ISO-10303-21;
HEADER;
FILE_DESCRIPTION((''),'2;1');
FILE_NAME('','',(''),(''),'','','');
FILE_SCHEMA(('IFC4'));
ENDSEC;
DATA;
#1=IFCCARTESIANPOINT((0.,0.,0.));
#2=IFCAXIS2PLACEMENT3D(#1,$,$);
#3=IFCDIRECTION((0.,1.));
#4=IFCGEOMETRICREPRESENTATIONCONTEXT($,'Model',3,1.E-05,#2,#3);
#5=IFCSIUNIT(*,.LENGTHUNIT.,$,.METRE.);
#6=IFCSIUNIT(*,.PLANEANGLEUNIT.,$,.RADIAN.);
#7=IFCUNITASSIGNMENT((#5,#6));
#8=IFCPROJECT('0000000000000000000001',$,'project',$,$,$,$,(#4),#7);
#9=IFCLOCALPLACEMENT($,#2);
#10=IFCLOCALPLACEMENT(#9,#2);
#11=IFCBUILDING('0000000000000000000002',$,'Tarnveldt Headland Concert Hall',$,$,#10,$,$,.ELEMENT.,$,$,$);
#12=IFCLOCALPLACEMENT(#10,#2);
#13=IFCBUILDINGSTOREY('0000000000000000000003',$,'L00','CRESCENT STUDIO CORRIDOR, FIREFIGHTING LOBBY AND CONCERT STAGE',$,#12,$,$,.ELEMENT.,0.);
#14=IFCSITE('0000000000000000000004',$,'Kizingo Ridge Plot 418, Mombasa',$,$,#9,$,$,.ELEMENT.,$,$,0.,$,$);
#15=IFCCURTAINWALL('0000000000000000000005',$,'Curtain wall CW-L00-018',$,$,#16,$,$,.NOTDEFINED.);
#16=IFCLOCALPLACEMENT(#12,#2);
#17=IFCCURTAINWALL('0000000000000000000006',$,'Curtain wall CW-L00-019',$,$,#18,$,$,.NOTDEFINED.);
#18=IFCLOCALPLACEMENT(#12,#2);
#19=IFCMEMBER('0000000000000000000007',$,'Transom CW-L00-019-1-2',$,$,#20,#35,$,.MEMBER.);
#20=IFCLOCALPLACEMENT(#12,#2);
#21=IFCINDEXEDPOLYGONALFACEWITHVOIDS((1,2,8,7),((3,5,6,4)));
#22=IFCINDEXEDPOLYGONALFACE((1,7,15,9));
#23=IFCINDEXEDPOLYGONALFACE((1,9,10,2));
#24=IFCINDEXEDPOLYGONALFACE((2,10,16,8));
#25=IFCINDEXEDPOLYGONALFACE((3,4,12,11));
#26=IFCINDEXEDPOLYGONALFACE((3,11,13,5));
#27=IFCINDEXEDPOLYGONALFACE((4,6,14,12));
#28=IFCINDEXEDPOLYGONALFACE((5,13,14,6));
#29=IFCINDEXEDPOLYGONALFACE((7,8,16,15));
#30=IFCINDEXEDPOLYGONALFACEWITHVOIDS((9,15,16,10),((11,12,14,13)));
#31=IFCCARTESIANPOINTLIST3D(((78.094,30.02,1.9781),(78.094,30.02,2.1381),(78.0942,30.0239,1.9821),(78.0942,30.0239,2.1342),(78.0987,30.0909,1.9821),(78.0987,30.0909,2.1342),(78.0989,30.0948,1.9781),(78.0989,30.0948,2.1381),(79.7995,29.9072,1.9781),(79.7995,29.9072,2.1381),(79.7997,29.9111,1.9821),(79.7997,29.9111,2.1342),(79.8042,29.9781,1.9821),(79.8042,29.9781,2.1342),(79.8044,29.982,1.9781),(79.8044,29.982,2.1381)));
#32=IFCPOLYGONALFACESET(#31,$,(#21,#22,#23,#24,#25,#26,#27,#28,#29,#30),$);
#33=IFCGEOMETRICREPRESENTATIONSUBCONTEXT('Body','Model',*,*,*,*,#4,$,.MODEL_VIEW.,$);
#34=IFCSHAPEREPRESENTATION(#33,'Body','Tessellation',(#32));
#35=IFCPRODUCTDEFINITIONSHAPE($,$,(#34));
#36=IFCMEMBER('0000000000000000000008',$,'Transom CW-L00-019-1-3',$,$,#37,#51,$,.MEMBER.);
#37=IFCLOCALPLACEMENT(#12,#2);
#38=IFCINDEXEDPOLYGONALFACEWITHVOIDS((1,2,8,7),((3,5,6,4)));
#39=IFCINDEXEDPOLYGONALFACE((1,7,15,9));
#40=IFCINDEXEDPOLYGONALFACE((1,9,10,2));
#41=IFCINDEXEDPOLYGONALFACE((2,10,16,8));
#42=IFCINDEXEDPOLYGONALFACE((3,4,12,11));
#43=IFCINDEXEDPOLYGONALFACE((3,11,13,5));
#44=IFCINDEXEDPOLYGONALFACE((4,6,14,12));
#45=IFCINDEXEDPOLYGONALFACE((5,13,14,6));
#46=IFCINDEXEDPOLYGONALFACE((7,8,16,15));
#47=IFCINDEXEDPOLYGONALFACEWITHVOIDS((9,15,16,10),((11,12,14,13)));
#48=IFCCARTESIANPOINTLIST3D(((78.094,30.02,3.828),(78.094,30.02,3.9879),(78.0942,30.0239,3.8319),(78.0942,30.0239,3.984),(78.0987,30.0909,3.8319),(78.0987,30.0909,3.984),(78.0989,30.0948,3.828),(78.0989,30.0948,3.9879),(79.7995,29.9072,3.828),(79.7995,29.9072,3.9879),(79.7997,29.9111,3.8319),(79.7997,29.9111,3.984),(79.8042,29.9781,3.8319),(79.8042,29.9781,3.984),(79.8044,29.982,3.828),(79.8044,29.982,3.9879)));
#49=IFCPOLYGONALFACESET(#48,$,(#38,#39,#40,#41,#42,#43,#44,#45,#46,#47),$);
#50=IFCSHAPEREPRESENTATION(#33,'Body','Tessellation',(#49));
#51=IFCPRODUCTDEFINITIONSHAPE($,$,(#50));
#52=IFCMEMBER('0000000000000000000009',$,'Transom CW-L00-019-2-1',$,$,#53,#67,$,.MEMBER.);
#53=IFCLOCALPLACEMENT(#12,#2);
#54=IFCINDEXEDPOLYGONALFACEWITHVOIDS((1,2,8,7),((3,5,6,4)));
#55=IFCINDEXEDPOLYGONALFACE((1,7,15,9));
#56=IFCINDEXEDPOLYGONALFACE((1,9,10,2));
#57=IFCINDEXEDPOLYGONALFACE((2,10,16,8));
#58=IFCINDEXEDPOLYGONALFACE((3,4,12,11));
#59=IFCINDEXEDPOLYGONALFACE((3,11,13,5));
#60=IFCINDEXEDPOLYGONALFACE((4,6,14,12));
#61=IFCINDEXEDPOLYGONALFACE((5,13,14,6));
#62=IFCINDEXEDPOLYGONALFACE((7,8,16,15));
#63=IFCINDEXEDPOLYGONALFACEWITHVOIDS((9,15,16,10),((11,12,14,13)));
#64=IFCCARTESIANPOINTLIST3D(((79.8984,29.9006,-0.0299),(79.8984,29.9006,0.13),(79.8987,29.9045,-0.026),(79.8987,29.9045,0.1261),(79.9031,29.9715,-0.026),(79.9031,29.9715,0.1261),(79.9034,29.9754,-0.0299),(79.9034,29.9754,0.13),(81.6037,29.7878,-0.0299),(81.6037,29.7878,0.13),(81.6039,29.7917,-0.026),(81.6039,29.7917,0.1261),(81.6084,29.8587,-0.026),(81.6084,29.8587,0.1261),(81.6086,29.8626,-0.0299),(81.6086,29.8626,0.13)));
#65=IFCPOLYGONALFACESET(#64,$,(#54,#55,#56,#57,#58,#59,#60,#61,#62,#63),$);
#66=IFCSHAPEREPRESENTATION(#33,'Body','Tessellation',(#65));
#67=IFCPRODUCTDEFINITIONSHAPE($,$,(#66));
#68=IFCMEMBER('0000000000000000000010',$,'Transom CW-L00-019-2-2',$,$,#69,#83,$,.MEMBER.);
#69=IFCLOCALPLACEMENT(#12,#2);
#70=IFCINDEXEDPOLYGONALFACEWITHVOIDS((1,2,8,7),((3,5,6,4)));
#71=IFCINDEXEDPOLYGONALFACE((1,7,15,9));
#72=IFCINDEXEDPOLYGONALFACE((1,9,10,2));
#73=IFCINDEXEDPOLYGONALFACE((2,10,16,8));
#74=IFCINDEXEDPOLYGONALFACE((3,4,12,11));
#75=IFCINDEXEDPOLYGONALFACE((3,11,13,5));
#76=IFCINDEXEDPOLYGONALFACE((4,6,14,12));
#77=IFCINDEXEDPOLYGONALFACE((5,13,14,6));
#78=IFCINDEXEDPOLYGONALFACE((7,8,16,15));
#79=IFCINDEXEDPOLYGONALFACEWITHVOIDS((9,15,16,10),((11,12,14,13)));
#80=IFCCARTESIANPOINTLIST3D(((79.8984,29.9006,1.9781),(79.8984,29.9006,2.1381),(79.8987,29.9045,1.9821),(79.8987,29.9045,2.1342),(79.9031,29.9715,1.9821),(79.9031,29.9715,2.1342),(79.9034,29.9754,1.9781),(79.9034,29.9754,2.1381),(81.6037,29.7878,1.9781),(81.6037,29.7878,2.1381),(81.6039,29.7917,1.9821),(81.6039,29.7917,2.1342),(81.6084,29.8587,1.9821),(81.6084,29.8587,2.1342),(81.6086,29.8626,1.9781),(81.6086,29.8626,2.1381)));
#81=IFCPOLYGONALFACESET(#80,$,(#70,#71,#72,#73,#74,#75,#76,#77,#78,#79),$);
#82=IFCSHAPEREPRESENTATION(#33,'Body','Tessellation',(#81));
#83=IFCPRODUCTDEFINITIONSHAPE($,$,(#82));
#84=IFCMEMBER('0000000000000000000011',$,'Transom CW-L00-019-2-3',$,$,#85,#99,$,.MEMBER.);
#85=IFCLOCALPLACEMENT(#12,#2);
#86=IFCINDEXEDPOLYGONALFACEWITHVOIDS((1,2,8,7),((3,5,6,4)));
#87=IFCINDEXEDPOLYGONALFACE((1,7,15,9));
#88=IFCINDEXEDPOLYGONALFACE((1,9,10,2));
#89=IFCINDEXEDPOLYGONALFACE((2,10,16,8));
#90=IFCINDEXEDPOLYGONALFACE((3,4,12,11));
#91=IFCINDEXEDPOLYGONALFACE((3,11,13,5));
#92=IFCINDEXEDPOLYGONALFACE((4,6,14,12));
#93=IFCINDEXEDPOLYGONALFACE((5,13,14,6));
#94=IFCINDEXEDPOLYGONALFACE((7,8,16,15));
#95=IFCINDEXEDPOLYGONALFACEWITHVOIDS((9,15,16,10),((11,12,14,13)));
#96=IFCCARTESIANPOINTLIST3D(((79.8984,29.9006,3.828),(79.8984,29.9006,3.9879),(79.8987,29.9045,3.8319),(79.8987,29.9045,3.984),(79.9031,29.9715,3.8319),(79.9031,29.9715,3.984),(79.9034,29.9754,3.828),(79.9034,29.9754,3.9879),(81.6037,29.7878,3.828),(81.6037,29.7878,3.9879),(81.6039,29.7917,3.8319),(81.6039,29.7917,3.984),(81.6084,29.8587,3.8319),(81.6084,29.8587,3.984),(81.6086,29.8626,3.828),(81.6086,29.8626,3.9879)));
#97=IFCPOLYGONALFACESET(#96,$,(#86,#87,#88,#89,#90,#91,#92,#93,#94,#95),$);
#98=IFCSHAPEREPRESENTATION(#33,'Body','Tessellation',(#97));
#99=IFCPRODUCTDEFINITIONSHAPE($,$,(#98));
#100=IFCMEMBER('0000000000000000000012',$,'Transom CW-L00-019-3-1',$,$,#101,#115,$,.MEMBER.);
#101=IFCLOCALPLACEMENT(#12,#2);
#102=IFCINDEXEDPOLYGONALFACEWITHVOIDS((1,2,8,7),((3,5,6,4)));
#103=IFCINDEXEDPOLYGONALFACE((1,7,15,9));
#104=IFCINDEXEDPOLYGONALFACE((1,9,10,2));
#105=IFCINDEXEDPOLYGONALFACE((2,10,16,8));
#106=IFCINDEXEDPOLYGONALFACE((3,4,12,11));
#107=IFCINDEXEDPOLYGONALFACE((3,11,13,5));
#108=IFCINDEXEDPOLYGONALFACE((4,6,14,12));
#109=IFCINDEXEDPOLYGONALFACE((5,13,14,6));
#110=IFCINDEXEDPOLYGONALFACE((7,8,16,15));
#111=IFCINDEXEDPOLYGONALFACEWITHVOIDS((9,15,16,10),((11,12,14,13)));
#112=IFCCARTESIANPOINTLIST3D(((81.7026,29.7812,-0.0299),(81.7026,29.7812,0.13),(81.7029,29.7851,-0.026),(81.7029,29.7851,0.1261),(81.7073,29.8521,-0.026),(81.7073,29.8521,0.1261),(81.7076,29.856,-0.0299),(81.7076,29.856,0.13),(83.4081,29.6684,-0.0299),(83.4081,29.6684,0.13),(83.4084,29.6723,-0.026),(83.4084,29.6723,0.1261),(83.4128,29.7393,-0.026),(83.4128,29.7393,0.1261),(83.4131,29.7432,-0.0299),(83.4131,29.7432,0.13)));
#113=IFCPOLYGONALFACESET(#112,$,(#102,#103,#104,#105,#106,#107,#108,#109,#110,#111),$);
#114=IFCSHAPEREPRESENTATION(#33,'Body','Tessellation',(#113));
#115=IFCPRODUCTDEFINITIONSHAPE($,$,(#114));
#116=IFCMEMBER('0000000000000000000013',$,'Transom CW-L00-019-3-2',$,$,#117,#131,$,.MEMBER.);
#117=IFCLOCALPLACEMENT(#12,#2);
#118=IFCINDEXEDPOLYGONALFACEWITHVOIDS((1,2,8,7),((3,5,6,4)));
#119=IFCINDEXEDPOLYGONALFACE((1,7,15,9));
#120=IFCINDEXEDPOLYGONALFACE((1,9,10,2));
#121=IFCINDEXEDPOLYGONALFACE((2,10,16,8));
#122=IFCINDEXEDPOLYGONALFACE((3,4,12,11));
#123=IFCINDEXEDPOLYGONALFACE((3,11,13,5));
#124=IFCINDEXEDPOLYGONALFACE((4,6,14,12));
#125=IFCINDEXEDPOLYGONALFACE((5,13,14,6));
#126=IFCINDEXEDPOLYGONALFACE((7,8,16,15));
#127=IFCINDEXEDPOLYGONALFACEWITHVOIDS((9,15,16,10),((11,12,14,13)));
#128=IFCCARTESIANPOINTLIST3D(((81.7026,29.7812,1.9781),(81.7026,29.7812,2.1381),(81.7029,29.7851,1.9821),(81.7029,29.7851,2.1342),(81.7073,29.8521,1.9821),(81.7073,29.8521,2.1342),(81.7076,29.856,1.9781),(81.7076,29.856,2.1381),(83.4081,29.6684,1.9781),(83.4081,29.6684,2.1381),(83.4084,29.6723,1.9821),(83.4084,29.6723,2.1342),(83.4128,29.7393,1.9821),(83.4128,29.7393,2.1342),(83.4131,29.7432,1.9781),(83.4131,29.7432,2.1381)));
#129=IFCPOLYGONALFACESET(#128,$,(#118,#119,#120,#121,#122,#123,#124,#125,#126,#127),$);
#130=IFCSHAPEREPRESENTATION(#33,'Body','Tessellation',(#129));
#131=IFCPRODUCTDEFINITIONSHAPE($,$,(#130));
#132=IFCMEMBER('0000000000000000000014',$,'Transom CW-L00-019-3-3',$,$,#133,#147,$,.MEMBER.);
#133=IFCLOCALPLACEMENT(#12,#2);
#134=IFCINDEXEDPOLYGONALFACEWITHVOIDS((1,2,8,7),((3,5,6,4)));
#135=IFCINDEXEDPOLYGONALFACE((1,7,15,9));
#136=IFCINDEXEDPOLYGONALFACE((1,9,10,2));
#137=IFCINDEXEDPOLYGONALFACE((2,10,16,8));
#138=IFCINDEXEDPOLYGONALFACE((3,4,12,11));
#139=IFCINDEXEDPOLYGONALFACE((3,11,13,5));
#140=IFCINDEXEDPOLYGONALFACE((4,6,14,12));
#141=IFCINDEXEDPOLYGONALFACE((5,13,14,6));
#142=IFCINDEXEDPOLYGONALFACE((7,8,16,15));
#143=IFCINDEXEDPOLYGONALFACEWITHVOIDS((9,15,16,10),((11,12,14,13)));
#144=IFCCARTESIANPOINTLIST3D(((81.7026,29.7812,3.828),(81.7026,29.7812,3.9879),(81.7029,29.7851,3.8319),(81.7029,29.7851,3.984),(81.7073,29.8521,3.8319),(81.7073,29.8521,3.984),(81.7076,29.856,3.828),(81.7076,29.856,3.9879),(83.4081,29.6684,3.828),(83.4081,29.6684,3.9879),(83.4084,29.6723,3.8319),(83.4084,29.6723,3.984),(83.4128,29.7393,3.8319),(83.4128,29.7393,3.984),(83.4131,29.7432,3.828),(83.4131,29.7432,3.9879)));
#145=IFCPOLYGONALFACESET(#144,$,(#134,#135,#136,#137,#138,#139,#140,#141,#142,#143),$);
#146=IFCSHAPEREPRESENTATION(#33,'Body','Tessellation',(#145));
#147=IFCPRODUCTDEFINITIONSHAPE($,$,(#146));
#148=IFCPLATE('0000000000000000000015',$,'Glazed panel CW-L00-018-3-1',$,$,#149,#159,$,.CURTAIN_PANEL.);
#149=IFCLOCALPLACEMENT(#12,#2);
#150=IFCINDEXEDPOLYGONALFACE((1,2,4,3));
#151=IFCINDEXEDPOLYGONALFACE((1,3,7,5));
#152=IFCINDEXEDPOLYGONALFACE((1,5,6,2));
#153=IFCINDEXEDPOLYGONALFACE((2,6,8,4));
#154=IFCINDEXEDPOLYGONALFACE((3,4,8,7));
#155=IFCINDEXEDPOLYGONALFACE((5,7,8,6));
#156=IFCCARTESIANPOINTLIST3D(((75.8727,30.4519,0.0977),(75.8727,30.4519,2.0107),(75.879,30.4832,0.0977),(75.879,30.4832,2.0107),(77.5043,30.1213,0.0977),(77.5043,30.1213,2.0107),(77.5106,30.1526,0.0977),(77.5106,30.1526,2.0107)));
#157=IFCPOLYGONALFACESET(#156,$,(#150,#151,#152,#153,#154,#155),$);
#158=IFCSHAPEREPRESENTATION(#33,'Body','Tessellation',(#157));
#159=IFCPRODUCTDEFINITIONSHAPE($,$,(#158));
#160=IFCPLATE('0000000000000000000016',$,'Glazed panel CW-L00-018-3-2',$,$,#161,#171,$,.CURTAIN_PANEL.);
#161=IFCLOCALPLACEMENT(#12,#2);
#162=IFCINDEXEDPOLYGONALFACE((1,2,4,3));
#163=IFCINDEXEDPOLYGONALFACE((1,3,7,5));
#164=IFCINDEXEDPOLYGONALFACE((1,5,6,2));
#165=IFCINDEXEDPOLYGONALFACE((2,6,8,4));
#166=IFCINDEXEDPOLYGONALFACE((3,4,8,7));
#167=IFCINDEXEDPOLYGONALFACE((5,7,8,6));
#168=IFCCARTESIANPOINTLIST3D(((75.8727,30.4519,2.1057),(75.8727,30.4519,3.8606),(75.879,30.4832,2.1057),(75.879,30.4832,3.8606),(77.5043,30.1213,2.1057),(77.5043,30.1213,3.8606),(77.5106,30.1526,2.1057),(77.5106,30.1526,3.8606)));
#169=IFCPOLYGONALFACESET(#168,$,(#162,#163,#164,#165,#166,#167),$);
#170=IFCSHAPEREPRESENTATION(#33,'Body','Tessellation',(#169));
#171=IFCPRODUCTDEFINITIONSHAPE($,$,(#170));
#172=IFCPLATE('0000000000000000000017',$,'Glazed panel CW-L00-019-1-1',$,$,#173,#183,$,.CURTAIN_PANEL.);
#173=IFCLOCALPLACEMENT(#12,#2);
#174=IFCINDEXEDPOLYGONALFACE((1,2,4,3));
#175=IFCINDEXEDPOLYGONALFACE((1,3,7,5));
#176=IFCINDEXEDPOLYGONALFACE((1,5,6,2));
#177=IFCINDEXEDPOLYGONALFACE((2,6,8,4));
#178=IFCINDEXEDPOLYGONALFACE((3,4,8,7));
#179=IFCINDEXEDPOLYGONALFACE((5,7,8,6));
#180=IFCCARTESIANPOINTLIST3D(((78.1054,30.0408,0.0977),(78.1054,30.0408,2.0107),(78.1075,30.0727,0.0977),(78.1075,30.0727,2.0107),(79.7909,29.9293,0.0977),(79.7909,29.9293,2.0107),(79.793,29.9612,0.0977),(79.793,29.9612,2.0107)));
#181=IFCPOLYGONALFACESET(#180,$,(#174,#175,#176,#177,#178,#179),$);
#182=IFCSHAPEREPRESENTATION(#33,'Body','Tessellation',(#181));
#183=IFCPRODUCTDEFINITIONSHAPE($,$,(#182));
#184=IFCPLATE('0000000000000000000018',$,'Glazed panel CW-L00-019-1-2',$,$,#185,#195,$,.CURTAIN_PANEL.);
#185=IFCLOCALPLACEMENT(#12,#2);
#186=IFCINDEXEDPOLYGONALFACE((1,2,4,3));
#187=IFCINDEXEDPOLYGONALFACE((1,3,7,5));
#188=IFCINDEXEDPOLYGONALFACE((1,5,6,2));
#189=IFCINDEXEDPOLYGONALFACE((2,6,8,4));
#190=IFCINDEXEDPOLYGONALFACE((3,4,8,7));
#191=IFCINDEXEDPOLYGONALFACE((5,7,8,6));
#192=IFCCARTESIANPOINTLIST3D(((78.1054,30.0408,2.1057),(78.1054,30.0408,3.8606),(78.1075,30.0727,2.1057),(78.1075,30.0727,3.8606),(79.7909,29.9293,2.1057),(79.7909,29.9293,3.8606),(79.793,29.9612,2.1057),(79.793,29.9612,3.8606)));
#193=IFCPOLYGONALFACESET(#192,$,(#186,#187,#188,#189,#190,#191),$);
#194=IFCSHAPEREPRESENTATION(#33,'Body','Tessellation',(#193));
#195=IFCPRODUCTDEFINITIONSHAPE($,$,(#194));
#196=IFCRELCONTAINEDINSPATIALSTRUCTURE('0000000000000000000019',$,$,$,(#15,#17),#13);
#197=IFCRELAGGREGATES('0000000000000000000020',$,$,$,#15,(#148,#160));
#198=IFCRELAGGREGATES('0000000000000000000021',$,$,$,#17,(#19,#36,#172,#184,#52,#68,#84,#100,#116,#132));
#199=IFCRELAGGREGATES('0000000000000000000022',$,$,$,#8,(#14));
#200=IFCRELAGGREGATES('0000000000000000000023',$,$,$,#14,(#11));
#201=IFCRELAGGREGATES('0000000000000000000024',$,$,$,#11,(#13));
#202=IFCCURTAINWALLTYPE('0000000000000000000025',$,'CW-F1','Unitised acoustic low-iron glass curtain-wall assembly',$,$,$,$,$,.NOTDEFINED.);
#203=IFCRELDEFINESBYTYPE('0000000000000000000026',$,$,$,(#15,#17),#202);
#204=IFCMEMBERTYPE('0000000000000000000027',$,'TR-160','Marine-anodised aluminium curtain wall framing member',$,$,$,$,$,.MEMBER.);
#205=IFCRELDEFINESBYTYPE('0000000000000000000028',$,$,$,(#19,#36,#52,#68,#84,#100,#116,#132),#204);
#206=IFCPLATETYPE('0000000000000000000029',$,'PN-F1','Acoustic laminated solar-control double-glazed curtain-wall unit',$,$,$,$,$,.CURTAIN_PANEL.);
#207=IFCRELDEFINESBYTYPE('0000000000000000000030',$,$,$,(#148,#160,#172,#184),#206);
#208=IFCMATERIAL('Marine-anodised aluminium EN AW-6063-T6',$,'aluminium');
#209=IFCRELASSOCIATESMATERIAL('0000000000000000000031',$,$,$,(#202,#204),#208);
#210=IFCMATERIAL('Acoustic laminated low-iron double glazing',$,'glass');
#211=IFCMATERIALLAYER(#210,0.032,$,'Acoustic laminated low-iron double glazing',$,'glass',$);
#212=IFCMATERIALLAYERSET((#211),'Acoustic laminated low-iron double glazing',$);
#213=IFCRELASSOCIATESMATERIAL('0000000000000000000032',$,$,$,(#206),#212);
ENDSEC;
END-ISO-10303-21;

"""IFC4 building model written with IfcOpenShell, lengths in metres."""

from ifc_helpers import new_model, si_unit, direction, frame, origin, origin_2d, place, context, subcontext, project, spatial, rectangle, hollow_rectangle, extrude, material, layer, layer_set, material_profile, profile_set, type_object, element, aggregate, save


model = new_model("IFC4")

# Units and contexts
model_context = context("Model", 3, precision=1e-05, world=origin(), true_north=direction((0.0, 1.0)))
body_context = subcontext(model_context, "Body", "Model", "MODEL_VIEW")
ifc_project = project(units=[si_unit("LENGTHUNIT", "METRE"), si_unit("PLANEANGLEUNIT", "RADIAN")], contexts=[model_context])

# Site, building, storey
site_placement = place(None, origin())
site = spatial("IfcSite", under=ifc_project, at=site_placement, Name="Kizingo Ridge Plot 418, Mombasa", CompositionType="ELEMENT", RefElevation=0.0)
building_placement = place(site_placement, origin())
building = spatial("IfcBuilding", under=site, at=building_placement, Name="Tarnveldt Headland Concert Hall", CompositionType="ELEMENT")
storey_placement = place(building_placement, origin())
storey = spatial("IfcBuildingStorey", under=building, at=storey_placement, Name="L00", Description="CRESCENT STUDIO CORRIDOR, FIREFIGHTING LOBBY AND CONCERT STAGE", CompositionType="ELEMENT", Elevation=0.0)

# Curtain wall
ifc_material_1 = material(Name="Marine-anodised aluminium EN AW-6063-T6", Category="aluminium")
curtain_wall_type = type_object("IfcCurtainWallType", Name="CW-F1", Description="Unitised acoustic low-iron glass curtain-wall assembly", PredefinedType="NOTDEFINED", material=ifc_material_1)
curtain_wall_1_placement = place(storey_placement, origin())
curtain_wall_1 = element("IfcCurtainWall", 1, at=curtain_wall_1_placement, inside=storey, type_object=curtain_wall_type, Name="Curtain wall CW-L00-018", PredefinedType="NOTDEFINED")

# Curtain wall
curtain_wall_2_placement = place(storey_placement, origin())
curtain_wall_2 = element("IfcCurtainWall", 2, at=curtain_wall_2_placement, inside=storey, type_object=curtain_wall_type, Name="Curtain wall CW-L00-019", PredefinedType="NOTDEFINED")

# Members
ifc_material_profile_1 = material_profile(ifc_material_1, hollow_rectangle(XDim=0.075, YDim=0.1599, WallThickness=0.0039, at=origin_2d()), Name="ALU TRANSOM 75x160x4", Category="aluminium")
ifc_profile_set_1 = profile_set([ifc_material_profile_1], Name="Marine-anodised aluminium EN AW-6063-T6")
member_type_1 = type_object("IfcMemberType", Name="TR-160", Description="Marine-anodised aluminium curtain wall framing member", PredefinedType="MEMBER", material=ifc_profile_set_1)
member_1_placement = place(storey_placement, frame((78.0964, 30.0574, 2.0581), z_axis=(0.99782, -0.065988, 0.0), x_axis=(0.065988, 0.99782, 0.0)))
member_1 = element("IfcMember", 3, at=member_1_placement, type_object=member_type_1, Name="Transom CW-L00-019-1-2", PredefinedType="MEMBER", context=body_context, shape_type="SweptSolid", body=[
    extrude(hollow_rectangle(XDim=0.075, YDim=0.1599, WallThickness=0.0039, at=origin_2d()), origin(), (0.0, 0.0, 1.0), 1.7092),
])
member_2_placement = place(storey_placement, frame((78.0964, 30.0574, 3.908), z_axis=(0.99782, -0.065988, 0.0), x_axis=(0.065988, 0.99782, 0.0)))
member_2 = element("IfcMember", 4, at=member_2_placement, type_object=member_type_1, Name="Transom CW-L00-019-1-3", PredefinedType="MEMBER", context=body_context, shape_type="SweptSolid", body=[
    extrude(hollow_rectangle(XDim=0.075, YDim=0.1599, WallThickness=0.0039, at=origin_2d()), origin(), (0.0, 0.0, 1.0), 1.7092),
])
member_3_placement = place(storey_placement, frame((79.9009, 29.938, 0.05), z_axis=(0.99782, -0.065998, 0.0), x_axis=(0.065998, 0.99782, 0.0)))
member_3 = element("IfcMember", 5, at=member_3_placement, type_object=member_type_1, Name="Transom CW-L00-019-2-1", PredefinedType="MEMBER", context=body_context, shape_type="SweptSolid", body=[
    extrude(hollow_rectangle(XDim=0.075, YDim=0.1599, WallThickness=0.0039, at=origin_2d()), origin(), (0.0, 0.0, 1.0), 1.709),
])
member_4_placement = place(storey_placement, frame((79.9009, 29.938, 2.0581), z_axis=(0.99782, -0.065998, 0.0), x_axis=(0.065998, 0.99782, 0.0)))
member_4 = element("IfcMember", 6, at=member_4_placement, type_object=member_type_1, Name="Transom CW-L00-019-2-2", PredefinedType="MEMBER", context=body_context, shape_type="SweptSolid", body=[
    extrude(hollow_rectangle(XDim=0.075, YDim=0.1599, WallThickness=0.0039, at=origin_2d()), origin(), (0.0, 0.0, 1.0), 1.709),
])
member_5_placement = place(storey_placement, frame((79.9009, 29.938, 3.908), z_axis=(0.99782, -0.065998, 0.0), x_axis=(0.065998, 0.99782, 0.0)))
member_5 = element("IfcMember", 7, at=member_5_placement, type_object=member_type_1, Name="Transom CW-L00-019-2-3", PredefinedType="MEMBER", context=body_context, shape_type="SweptSolid", body=[
    extrude(hollow_rectangle(XDim=0.075, YDim=0.1599, WallThickness=0.0039, at=origin_2d()), origin(), (0.0, 0.0, 1.0), 1.709),
])
member_6_placement = place(storey_placement, frame((81.7051, 29.8186, 0.05), z_axis=(0.99782, -0.065988, 0.0), x_axis=(0.065988, 0.99782, 0.0)))
member_6 = element("IfcMember", 8, at=member_6_placement, type_object=member_type_1, Name="Transom CW-L00-019-3-1", PredefinedType="MEMBER", context=body_context, shape_type="SweptSolid", body=[
    extrude(hollow_rectangle(XDim=0.075, YDim=0.1599, WallThickness=0.0039, at=origin_2d()), origin(), (0.0, 0.0, 1.0), 1.7092),
])
member_7_placement = place(storey_placement, frame((81.7051, 29.8186, 2.0581), z_axis=(0.99782, -0.065988, 0.0), x_axis=(0.065988, 0.99782, 0.0)))
member_7 = element("IfcMember", 9, at=member_7_placement, type_object=member_type_1, Name="Transom CW-L00-019-3-2", PredefinedType="MEMBER", context=body_context, shape_type="SweptSolid", body=[
    extrude(hollow_rectangle(XDim=0.075, YDim=0.1599, WallThickness=0.0039, at=origin_2d()), origin(), (0.0, 0.0, 1.0), 1.7092),
])
member_8_placement = place(storey_placement, frame((81.7051, 29.8186, 3.908), z_axis=(0.99782, -0.065988, 0.0), x_axis=(0.065988, 0.99782, 0.0)))
member_8 = element("IfcMember", 10, at=member_8_placement, type_object=member_type_1, Name="Transom CW-L00-019-3-3", PredefinedType="MEMBER", context=body_context, shape_type="SweptSolid", body=[
    extrude(hollow_rectangle(XDim=0.075, YDim=0.1599, WallThickness=0.0039, at=origin_2d()), origin(), (0.0, 0.0, 1.0), 1.7092),
])

# Plates
ifc_material_2 = material(Name="Acoustic laminated low-iron double glazing", Category="glass")
ifc_layer_1 = layer(ifc_material_2, 0.032, Name="Acoustic laminated low-iron double glazing", Category="glass")
ifc_layer_set_1 = layer_set([ifc_layer_1], Name="Acoustic laminated low-iron double glazing")
plate_type = type_object("IfcPlateType", Name="PN-F1", Description="Acoustic laminated solar-control double-glazed curtain-wall unit", PredefinedType="CURTAIN_PANEL", material=ifc_layer_set_1)
plate_1_placement = place(storey_placement, frame((76.6917, 30.3022, 0.0977), z_axis=(0.0, 0.0, 1.0), x_axis=(0.980088, -0.198564, 0.0)))
plate_1 = element("IfcPlate", 11, at=plate_1_placement, type_object=plate_type, Name="Glazed panel CW-L00-018-3-1", PredefinedType="CURTAIN_PANEL", context=body_context, shape_type="SweptSolid", body=[
    extrude(rectangle(XDim=1.6648, YDim=0.032, at=origin_2d()), origin(), (0.0, 0.0, 1.0), 1.9131),
])
plate_2_placement = place(storey_placement, frame((76.6917, 30.3022, 2.1057), z_axis=(0.0, 0.0, 1.0), x_axis=(0.980088, -0.198564, 0.0)))
plate_2 = element("IfcPlate", 12, at=plate_2_placement, type_object=plate_type, Name="Glazed panel CW-L00-018-3-2", PredefinedType="CURTAIN_PANEL", context=body_context, shape_type="SweptSolid", body=[
    extrude(rectangle(XDim=1.6648, YDim=0.032, at=origin_2d()), origin(), (0.0, 0.0, 1.0), 1.7549),
])
aggregate(curtain_wall_1, [plate_1, plate_2])
plate_3_placement = place(storey_placement, frame((78.9492, 30.001, 0.0977), z_axis=(0.0, 0.0, 1.0), x_axis=(0.997819, -0.066013, 0.0)))
plate_3 = element("IfcPlate", 13, at=plate_3_placement, type_object=plate_type, Name="Glazed panel CW-L00-019-1-1", PredefinedType="CURTAIN_PANEL", context=body_context, shape_type="SweptSolid", body=[
    extrude(rectangle(XDim=1.6892, YDim=0.032, at=origin_2d()), origin(), (0.0, 0.0, 1.0), 1.9131),
])
plate_4_placement = place(storey_placement, frame((78.9492, 30.001, 2.1057), z_axis=(0.0, 0.0, 1.0), x_axis=(0.997819, -0.066013, 0.0)))
plate_4 = element("IfcPlate", 14, at=plate_4_placement, type_object=plate_type, Name="Glazed panel CW-L00-019-1-2", PredefinedType="CURTAIN_PANEL", context=body_context, shape_type="SweptSolid", body=[
    extrude(rectangle(XDim=1.6892, YDim=0.032, at=origin_2d()), origin(), (0.0, 0.0, 1.0), 1.7549),
])
aggregate(curtain_wall_2, [member_1, member_2, plate_3, plate_4, member_3, member_4, member_5, member_6, member_7, member_8])

save(model, "model.ifc")
